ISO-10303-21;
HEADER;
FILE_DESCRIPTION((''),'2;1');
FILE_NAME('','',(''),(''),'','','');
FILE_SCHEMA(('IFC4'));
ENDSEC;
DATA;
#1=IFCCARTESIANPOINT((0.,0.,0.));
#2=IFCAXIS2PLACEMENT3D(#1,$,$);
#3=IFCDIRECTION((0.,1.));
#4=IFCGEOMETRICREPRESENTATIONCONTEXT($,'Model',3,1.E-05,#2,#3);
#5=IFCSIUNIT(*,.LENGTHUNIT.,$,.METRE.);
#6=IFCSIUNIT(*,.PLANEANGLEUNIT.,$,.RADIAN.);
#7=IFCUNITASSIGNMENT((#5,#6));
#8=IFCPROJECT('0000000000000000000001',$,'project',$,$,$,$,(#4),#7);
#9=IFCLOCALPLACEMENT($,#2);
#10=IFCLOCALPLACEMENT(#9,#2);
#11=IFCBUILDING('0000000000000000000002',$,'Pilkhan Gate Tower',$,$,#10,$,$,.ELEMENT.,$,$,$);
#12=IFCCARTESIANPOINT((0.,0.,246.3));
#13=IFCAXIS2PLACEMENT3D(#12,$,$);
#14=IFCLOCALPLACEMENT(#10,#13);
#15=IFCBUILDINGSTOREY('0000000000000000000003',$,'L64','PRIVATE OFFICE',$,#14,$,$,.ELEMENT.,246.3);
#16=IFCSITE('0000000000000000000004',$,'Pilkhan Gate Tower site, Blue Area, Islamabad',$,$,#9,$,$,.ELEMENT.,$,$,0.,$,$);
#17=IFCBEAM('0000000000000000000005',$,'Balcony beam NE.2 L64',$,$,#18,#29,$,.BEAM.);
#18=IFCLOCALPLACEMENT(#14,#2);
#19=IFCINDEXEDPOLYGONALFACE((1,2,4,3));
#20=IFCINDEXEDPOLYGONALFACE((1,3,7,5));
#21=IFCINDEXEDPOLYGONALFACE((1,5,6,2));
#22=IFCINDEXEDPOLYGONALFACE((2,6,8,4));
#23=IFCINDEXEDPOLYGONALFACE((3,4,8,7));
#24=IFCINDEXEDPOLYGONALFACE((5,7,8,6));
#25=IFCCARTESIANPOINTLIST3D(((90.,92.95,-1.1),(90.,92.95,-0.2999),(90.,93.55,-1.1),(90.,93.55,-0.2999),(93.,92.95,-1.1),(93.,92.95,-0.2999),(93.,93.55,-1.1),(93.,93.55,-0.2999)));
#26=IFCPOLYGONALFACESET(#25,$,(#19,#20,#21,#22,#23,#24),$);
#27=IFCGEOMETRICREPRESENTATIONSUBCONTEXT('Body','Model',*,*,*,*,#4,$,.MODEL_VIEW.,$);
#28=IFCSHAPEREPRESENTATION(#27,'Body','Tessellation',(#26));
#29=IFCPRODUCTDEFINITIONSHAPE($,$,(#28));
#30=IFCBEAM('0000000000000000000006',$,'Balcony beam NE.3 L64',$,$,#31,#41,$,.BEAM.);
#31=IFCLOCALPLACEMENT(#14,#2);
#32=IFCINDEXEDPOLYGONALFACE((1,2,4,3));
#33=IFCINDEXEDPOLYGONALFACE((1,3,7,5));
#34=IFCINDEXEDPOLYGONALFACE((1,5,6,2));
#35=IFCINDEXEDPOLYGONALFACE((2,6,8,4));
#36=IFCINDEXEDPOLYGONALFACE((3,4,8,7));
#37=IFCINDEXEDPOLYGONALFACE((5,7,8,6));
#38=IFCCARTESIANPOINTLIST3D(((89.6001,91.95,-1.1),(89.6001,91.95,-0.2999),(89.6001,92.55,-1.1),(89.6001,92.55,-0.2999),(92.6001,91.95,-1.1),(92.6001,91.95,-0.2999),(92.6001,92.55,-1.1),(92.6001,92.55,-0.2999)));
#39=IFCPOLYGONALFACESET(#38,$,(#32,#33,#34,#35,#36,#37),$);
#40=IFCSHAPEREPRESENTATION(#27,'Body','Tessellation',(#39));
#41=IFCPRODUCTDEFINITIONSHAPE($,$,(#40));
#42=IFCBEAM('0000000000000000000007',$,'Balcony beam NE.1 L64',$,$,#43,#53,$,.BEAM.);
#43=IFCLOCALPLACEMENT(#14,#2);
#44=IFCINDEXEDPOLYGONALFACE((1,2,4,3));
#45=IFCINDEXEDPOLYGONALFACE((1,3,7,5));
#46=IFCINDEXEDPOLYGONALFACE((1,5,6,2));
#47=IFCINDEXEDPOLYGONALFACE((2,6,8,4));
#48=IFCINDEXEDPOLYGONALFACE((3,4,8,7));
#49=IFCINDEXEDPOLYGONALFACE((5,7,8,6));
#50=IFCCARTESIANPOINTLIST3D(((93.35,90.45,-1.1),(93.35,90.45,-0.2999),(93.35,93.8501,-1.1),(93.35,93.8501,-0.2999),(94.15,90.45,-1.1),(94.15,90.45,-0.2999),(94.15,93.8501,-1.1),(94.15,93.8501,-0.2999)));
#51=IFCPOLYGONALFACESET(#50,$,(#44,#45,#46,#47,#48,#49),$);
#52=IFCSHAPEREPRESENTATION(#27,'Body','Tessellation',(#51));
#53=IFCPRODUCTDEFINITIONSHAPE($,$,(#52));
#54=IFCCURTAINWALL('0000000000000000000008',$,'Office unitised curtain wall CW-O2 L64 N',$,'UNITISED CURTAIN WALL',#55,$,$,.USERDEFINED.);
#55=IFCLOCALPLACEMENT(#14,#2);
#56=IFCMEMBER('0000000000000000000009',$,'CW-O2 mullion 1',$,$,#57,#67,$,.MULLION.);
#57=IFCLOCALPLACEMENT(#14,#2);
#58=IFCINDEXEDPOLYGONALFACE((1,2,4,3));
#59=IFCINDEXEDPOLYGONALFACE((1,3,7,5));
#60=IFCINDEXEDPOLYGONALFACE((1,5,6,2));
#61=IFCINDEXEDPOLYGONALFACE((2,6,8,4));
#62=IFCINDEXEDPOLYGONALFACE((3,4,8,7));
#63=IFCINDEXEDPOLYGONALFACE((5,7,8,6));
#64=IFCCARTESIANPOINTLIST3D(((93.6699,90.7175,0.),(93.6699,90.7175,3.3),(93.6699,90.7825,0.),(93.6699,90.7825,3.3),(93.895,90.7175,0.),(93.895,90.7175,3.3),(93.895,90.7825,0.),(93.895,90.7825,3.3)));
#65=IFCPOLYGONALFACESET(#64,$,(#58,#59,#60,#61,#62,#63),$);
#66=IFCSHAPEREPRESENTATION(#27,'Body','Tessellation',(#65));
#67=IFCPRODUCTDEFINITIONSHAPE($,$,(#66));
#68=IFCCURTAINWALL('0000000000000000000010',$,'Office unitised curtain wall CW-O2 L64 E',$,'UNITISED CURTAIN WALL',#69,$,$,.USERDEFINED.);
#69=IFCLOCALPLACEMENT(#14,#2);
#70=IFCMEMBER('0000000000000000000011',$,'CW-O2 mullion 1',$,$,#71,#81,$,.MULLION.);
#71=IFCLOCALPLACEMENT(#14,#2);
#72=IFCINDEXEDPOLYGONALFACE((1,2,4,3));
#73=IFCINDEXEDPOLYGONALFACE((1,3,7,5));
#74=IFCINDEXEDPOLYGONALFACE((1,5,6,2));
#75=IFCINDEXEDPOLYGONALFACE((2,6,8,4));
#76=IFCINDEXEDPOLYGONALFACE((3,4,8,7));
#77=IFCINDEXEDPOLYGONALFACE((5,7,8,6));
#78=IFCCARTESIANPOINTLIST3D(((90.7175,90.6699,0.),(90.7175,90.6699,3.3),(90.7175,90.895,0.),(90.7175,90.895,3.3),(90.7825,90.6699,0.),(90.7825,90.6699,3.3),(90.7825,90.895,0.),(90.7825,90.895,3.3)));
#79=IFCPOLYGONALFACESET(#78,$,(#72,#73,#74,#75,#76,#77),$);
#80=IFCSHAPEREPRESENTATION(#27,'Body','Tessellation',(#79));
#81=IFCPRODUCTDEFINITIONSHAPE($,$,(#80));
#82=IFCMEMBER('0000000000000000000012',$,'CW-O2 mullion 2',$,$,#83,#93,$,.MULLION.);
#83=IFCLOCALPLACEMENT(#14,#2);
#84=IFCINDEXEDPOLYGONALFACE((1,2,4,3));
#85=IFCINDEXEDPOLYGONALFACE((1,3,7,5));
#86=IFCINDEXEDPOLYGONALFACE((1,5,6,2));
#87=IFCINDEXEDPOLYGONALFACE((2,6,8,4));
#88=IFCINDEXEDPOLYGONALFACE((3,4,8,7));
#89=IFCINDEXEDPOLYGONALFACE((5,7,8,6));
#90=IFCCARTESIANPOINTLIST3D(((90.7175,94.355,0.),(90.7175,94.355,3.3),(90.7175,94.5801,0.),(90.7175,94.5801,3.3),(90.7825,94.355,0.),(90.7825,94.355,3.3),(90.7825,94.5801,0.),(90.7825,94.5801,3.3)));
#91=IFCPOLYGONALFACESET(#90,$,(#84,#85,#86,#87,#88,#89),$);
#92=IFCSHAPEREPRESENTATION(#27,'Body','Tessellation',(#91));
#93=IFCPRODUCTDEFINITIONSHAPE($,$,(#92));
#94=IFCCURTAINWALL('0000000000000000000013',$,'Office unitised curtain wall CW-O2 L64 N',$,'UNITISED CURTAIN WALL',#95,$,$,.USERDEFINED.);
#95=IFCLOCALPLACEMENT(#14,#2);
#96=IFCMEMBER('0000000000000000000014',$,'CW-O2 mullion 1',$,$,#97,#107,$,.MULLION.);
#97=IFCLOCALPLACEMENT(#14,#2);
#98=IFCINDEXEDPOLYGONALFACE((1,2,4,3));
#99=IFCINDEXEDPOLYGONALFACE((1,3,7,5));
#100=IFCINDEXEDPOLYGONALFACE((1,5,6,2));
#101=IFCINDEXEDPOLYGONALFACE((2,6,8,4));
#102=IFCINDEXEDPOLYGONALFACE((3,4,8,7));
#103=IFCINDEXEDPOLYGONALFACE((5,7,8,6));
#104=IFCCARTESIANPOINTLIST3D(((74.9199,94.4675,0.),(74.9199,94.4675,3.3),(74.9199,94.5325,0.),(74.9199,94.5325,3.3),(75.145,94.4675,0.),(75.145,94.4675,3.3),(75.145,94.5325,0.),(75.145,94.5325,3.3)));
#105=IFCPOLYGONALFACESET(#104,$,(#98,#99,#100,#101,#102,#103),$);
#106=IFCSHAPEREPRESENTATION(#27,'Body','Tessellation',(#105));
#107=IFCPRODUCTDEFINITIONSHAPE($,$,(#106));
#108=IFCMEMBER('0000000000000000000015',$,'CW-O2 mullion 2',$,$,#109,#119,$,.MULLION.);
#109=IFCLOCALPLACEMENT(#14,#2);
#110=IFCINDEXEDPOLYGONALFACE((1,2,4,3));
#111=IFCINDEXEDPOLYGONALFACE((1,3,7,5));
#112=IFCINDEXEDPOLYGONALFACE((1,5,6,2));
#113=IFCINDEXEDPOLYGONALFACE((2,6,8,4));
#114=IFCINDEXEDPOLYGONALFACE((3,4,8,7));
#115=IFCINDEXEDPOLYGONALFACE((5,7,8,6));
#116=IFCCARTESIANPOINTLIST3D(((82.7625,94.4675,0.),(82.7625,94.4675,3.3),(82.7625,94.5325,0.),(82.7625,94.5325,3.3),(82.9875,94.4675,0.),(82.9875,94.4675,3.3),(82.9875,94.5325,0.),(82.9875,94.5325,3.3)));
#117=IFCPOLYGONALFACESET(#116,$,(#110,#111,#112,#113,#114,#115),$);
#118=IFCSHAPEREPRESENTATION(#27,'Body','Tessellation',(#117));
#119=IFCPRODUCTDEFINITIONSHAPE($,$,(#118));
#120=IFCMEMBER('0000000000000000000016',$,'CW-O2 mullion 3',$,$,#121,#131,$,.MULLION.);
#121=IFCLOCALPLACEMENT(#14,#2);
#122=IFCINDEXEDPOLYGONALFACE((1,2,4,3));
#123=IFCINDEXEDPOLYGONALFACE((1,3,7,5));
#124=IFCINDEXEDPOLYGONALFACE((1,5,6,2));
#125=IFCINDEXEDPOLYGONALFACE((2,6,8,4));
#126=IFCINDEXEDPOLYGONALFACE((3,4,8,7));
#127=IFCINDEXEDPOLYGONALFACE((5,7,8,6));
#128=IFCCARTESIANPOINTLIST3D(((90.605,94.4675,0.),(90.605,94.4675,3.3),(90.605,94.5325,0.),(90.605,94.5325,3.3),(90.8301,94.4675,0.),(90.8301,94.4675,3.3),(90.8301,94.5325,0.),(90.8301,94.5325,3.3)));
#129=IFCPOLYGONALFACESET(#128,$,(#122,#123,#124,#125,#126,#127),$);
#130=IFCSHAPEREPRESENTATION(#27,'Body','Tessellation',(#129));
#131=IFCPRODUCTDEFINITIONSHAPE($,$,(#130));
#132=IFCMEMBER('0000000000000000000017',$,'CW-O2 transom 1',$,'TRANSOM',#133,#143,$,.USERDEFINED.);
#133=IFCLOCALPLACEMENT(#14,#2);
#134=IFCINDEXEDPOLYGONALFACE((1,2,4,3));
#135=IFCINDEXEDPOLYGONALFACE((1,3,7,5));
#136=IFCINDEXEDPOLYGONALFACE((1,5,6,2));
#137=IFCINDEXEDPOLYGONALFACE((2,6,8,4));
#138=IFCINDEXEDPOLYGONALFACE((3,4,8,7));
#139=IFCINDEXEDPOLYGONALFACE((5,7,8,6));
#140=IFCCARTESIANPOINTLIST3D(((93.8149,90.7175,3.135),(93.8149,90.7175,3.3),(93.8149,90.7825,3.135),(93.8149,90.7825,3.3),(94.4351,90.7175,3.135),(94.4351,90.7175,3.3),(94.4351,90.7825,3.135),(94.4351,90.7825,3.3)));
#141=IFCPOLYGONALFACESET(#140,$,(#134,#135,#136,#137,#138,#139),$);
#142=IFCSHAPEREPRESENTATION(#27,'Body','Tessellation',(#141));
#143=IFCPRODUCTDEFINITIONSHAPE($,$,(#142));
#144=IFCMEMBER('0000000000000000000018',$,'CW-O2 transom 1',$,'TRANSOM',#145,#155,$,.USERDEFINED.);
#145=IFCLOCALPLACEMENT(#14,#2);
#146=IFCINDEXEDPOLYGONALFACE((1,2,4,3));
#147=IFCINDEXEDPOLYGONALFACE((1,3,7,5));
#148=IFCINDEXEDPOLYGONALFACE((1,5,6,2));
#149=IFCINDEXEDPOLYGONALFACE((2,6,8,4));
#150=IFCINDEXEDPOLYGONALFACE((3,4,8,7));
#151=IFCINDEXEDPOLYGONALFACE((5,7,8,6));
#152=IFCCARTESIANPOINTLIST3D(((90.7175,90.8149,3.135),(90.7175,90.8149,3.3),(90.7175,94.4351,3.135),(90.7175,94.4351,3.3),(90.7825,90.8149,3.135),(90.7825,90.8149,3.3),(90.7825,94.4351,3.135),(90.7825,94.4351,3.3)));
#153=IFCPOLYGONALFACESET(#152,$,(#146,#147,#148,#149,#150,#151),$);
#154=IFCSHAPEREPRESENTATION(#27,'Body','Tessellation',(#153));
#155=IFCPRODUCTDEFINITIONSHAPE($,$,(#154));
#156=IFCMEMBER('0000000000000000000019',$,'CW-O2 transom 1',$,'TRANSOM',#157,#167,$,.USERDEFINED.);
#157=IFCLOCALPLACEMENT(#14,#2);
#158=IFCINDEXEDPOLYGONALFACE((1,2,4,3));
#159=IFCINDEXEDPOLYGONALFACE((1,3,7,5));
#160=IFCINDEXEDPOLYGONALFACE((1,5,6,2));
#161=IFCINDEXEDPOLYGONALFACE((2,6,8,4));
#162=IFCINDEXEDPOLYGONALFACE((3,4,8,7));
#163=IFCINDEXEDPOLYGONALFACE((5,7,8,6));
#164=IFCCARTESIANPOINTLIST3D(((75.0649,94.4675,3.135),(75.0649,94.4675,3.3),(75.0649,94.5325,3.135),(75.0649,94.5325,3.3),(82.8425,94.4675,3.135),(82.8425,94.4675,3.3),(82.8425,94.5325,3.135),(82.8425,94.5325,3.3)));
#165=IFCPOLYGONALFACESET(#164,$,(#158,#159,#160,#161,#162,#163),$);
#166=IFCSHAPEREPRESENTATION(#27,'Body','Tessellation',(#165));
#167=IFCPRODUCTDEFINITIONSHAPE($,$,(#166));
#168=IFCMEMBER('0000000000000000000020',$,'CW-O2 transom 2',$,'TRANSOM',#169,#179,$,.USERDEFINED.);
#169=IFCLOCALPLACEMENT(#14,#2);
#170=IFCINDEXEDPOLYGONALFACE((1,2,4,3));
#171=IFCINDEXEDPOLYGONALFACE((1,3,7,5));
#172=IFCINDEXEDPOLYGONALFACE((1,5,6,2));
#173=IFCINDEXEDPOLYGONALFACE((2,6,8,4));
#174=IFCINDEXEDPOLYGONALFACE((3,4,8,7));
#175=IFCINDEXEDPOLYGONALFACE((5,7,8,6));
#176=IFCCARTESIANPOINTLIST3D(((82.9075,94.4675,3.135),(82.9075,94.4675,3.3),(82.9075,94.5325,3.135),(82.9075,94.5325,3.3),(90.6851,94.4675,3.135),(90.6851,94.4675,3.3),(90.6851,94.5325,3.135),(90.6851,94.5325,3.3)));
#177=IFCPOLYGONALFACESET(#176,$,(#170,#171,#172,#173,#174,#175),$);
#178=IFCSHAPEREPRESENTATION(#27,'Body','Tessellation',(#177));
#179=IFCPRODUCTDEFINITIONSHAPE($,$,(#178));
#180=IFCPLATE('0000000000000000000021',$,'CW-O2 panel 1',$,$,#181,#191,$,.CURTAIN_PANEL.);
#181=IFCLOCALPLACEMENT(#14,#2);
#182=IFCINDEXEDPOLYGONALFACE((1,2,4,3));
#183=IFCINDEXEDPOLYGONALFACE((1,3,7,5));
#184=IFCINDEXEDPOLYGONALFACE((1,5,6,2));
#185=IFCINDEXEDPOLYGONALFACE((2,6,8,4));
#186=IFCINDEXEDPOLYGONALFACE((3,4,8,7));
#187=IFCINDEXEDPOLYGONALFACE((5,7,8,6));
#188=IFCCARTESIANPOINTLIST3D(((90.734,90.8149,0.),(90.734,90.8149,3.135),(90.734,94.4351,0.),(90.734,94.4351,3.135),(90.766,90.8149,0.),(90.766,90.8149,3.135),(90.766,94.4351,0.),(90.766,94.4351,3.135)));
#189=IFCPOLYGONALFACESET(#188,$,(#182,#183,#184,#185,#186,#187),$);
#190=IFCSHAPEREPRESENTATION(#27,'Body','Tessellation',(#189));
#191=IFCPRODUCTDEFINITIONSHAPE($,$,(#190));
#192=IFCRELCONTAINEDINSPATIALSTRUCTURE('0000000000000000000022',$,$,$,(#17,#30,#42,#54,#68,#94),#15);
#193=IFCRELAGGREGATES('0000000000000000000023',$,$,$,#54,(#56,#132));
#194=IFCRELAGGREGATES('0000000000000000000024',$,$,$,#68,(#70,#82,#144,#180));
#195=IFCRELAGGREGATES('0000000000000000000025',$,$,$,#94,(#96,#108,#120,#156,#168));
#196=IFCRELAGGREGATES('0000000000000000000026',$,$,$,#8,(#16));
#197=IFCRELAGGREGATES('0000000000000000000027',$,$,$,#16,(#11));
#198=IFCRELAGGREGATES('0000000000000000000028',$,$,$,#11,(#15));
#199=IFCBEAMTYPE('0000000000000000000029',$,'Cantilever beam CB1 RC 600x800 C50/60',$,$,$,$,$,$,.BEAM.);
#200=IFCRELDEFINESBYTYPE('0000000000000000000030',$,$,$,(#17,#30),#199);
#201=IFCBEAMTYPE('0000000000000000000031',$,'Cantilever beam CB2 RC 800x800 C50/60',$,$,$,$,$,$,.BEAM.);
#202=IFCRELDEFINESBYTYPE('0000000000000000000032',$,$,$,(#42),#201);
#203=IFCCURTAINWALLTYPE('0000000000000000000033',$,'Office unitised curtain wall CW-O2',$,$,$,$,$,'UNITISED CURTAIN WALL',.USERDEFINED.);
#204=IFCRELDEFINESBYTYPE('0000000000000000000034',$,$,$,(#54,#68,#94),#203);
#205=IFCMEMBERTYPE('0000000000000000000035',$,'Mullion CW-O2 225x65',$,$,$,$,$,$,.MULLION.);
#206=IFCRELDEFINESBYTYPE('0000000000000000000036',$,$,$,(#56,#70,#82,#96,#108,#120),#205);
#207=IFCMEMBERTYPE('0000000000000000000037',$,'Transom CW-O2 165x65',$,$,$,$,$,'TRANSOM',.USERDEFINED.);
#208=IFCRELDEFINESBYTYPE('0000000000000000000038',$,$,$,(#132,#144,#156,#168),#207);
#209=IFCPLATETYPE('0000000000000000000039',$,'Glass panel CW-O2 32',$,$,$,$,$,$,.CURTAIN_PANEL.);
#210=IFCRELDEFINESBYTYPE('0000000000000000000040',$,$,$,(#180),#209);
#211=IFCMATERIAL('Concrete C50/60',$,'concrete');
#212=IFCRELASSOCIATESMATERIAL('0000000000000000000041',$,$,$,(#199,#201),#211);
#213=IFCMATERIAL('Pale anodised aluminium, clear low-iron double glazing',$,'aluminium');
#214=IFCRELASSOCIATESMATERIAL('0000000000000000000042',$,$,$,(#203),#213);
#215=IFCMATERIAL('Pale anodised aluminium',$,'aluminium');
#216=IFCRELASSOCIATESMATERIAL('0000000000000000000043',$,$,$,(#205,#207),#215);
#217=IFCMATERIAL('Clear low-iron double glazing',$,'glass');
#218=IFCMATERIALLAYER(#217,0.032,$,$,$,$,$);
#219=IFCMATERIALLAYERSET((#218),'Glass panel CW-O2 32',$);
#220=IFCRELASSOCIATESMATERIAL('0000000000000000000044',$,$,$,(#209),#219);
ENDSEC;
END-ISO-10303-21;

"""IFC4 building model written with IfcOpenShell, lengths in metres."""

from ifc_helpers import new_model, si_unit, direction, frame, origin, origin_2d, place, context, subcontext, project, spatial, rectangle, extrude, material, layer, layer_set, material_profile, profile_set, type_object, element, aggregate, save


model = new_model("IFC4")

# Units and contexts
model_context = context("Model", 3, precision=1e-05, world=origin(), true_north=direction((0.0, 1.0)))
body_context = subcontext(model_context, "Body", "Model", "MODEL_VIEW")
ifc_project = project(units=[si_unit("LENGTHUNIT", "METRE"), si_unit("PLANEANGLEUNIT", "RADIAN")], contexts=[model_context])

# Site, building, storey
site_placement = place(None, origin())
site = spatial("IfcSite", under=ifc_project, at=site_placement, Name="Pilkhan Gate Tower site, Blue Area, Islamabad", CompositionType="ELEMENT", RefElevation=0.0)
building_placement = place(site_placement, origin())
building = spatial("IfcBuilding", under=site, at=building_placement, Name="Pilkhan Gate Tower", CompositionType="ELEMENT")
storey_placement = place(building_placement, frame((0.0, 0.0, 246.3)))
storey = spatial("IfcBuildingStorey", under=building, at=storey_placement, Name="L64", Description="PRIVATE OFFICE", CompositionType="ELEMENT", Elevation=246.3)

# Beams
ifc_material_1 = material(Name="Concrete C50/60", Category="concrete")
ifc_material_profile_1 = material_profile(ifc_material_1, rectangle(XDim=0.6001, YDim=0.8, at=origin_2d()), Name="RC 600x800")
ifc_profile_set_1 = profile_set([ifc_material_profile_1], Name="Concrete C50/60")
beam_type_1 = type_object("IfcBeamType", Name="Cantilever beam CB1 RC 600x800 C50/60", PredefinedType="BEAM", material=ifc_profile_set_1)
for number, where, z_axis, x_axis, name in (
    (1, (90.0, 93.25, -0.7), (1.0, 0.0, 0.0), (0.0, 1.0, 0.0), "Balcony beam NE.2 L64"),
    (2, (89.6001, 92.25, -0.7), (1.0, 0.0, 0.0), (0.0, 1.0, 0.0), "Balcony beam NE.3 L64"),
):
    element("IfcBeam", number, at=place(storey_placement, frame(where, z_axis=z_axis, x_axis=x_axis)), inside=storey, type_object=beam_type_1, Name=name, PredefinedType="BEAM", context=body_context, shape_type="SweptSolid", body=[
        extrude(rectangle(XDim=0.6001, YDim=0.8, at=origin_2d()), origin(), (0.0, 0.0, 1.0), 3.0),
    ])
ifc_material_profile_2 = material_profile(ifc_material_1, rectangle(XDim=0.8, YDim=0.8, at=origin_2d()), Name="RC 800x800")
ifc_profile_set_2 = profile_set([ifc_material_profile_2], Name="Concrete C50/60")
beam_type_2 = type_object("IfcBeamType", Name="Cantilever beam CB2 RC 800x800 C50/60", PredefinedType="BEAM", material=ifc_profile_set_2)
beam_placement = place(storey_placement, frame((93.75, 90.45, -0.7), z_axis=(0.0, 1.0, 0.0), x_axis=(-1.0, 0.0, 0.0)))
element("IfcBeam", 3, at=beam_placement, inside=storey, type_object=beam_type_2, Name="Balcony beam NE.1 L64", PredefinedType="BEAM", context=body_context, shape_type="SweptSolid", body=[
    extrude(rectangle(XDim=0.8, YDim=0.8, at=origin_2d()), origin(), (0.0, 0.0, 1.0), 3.4001),
])

# Curtain wall, member
ifc_material_2 = material(Name="Pale anodised aluminium, clear low-iron double glazing", Category="aluminium")
curtain_wall_type = type_object("IfcCurtainWallType", Name="Office unitised curtain wall CW-O2", ElementType="UNITISED CURTAIN WALL", PredefinedType="USERDEFINED", material=ifc_material_2)
curtain_wall_1_placement = place(storey_placement, origin())
curtain_wall_1 = element("IfcCurtainWall", 4, at=curtain_wall_1_placement, inside=storey, type_object=curtain_wall_type, Name="Office unitised curtain wall CW-O2 L64 N", ObjectType="UNITISED CURTAIN WALL", PredefinedType="USERDEFINED")
ifc_material_3 = material(Name="Pale anodised aluminium", Category="aluminium")
ifc_material_profile_3 = material_profile(ifc_material_3, rectangle(XDim=0.0649, YDim=0.2251, at=origin_2d()), Name="Mullion 225x65")
ifc_profile_set_3 = profile_set([ifc_material_profile_3], Name="Pale anodised aluminium")
member_type_1 = type_object("IfcMemberType", Name="Mullion CW-O2 225x65", PredefinedType="MULLION", material=ifc_profile_set_3)
member_1_placement = place(storey_placement, frame((93.7825, 90.75, 0.0), z_axis=(0.0, 0.0, 1.0), x_axis=(0.0, 1.0, 0.0)))
member_1 = element("IfcMember", 5, at=member_1_placement, type_object=member_type_1, Name="CW-O2 mullion 1", PredefinedType="MULLION", context=body_context, shape_type="SweptSolid", body=[
    extrude(rectangle(XDim=0.0649, YDim=0.2251, at=origin_2d()), origin(), (0.0, 0.0, 1.0), 3.3),
])

# Curtain walls, members
curtain_wall_2_placement = place(storey_placement, origin())
curtain_wall_2 = element("IfcCurtainWall", 6, at=curtain_wall_2_placement, inside=storey, type_object=curtain_wall_type, Name="Office unitised curtain wall CW-O2 L64 E", ObjectType="UNITISED CURTAIN WALL", PredefinedType="USERDEFINED")
member_2_placement = place(storey_placement, frame((90.75, 90.7825, 0.0), z_axis=(0.0, 0.0, 1.0), x_axis=(-1.0, 0.0, 0.0)))
member_2 = element("IfcMember", 7, at=member_2_placement, type_object=member_type_1, Name="CW-O2 mullion 1", PredefinedType="MULLION", context=body_context, shape_type="SweptSolid", body=[
    extrude(rectangle(XDim=0.0649, YDim=0.2251, at=origin_2d()), origin(), (0.0, 0.0, 1.0), 3.3),
])
member_3_placement = place(storey_placement, frame((90.75, 94.4675, 0.0), z_axis=(0.0, 0.0, 1.0), x_axis=(-1.0, 0.0, 0.0)))
member_3 = element("IfcMember", 8, at=member_3_placement, type_object=member_type_1, Name="CW-O2 mullion 2", PredefinedType="MULLION", context=body_context, shape_type="SweptSolid", body=[
    extrude(rectangle(XDim=0.0649, YDim=0.2251, at=origin_2d()), origin(), (0.0, 0.0, 1.0), 3.3),
])
curtain_wall_3_placement = place(storey_placement, origin())
curtain_wall_3 = element("IfcCurtainWall", 9, at=curtain_wall_3_placement, inside=storey, type_object=curtain_wall_type, Name="Office unitised curtain wall CW-O2 L64 N", ObjectType="UNITISED CURTAIN WALL", PredefinedType="USERDEFINED")
member_4_placement = place(storey_placement, frame((75.0325, 94.5, 0.0), z_axis=(0.0, 0.0, 1.0), x_axis=(0.0, 1.0, 0.0)))
member_4 = element("IfcMember", 10, at=member_4_placement, type_object=member_type_1, Name="CW-O2 mullion 1", PredefinedType="MULLION", context=body_context, shape_type="SweptSolid", body=[
    extrude(rectangle(XDim=0.0649, YDim=0.2251, at=origin_2d()), origin(), (0.0, 0.0, 1.0), 3.3),
])
member_5_placement = place(storey_placement, frame((82.875, 94.5, 0.0), z_axis=(0.0, 0.0, 1.0), x_axis=(0.0, 1.0, 0.0)))
member_5 = element("IfcMember", 11, at=member_5_placement, type_object=member_type_1, Name="CW-O2 mullion 2", PredefinedType="MULLION", context=body_context, shape_type="SweptSolid", body=[
    extrude(rectangle(XDim=0.0649, YDim=0.2251, at=origin_2d()), origin(), (0.0, 0.0, 1.0), 3.3),
])
member_6_placement = place(storey_placement, frame((90.7175, 94.5, 0.0), z_axis=(0.0, 0.0, 1.0), x_axis=(0.0, 1.0, 0.0)))
member_6 = element("IfcMember", 12, at=member_6_placement, type_object=member_type_1, Name="CW-O2 mullion 3", PredefinedType="MULLION", context=body_context, shape_type="SweptSolid", body=[
    extrude(rectangle(XDim=0.0649, YDim=0.2251, at=origin_2d()), origin(), (0.0, 0.0, 1.0), 3.3),
])

# Members
ifc_material_profile_4 = material_profile(ifc_material_3, rectangle(XDim=0.0649, YDim=0.165, at=origin_2d()), Name="Transom 165x65")
ifc_profile_set_4 = profile_set([ifc_material_profile_4], Name="Pale anodised aluminium")
member_type_2 = type_object("IfcMemberType", Name="Transom CW-O2 165x65", ElementType="TRANSOM", PredefinedType="USERDEFINED", material=ifc_profile_set_4)
member_7_placement = place(storey_placement, frame((93.8149, 90.75, 3.2175), z_axis=(1.0, 0.0, 0.0), x_axis=(0.0, 1.0, 0.0)))
member_7 = element("IfcMember", 13, at=member_7_placement, type_object=member_type_2, Name="CW-O2 transom 1", ObjectType="TRANSOM", PredefinedType="USERDEFINED", context=body_context, shape_type="SweptSolid", body=[
    extrude(rectangle(XDim=0.0649, YDim=0.165, at=origin_2d()), origin(), (0.0, 0.0, 1.0), 0.6201),
])
aggregate(curtain_wall_1, [member_1, member_7])
member_8_placement = place(storey_placement, frame((90.75, 90.8149, 3.2175), z_axis=(0.0, 1.0, 0.0), x_axis=(-1.0, 0.0, 0.0)))
member_8 = element("IfcMember", 14, at=member_8_placement, type_object=member_type_2, Name="CW-O2 transom 1", ObjectType="TRANSOM", PredefinedType="USERDEFINED", context=body_context, shape_type="SweptSolid", body=[
    extrude(rectangle(XDim=0.0649, YDim=0.165, at=origin_2d()), origin(), (0.0, 0.0, 1.0), 3.6201),
])
member_9_placement = place(storey_placement, frame((75.0649, 94.5, 3.2175), z_axis=(1.0, 0.0, 0.0), x_axis=(0.0, 1.0, 0.0)))
member_9 = element("IfcMember", 15, at=member_9_placement, type_object=member_type_2, Name="CW-O2 transom 1", ObjectType="TRANSOM", PredefinedType="USERDEFINED", context=body_context, shape_type="SweptSolid", body=[
    extrude(rectangle(XDim=0.0649, YDim=0.165, at=origin_2d()), origin(), (0.0, 0.0, 1.0), 7.7776),
])
member_10_placement = place(storey_placement, frame((82.9075, 94.5, 3.2175), z_axis=(1.0, 0.0, 0.0), x_axis=(0.0, 1.0, 0.0)))
member_10 = element("IfcMember", 16, at=member_10_placement, type_object=member_type_2, Name="CW-O2 transom 2", ObjectType="TRANSOM", PredefinedType="USERDEFINED", context=body_context, shape_type="SweptSolid", body=[
    extrude(rectangle(XDim=0.0649, YDim=0.165, at=origin_2d()), origin(), (0.0, 0.0, 1.0), 7.7776),
])

# Plate
ifc_material_4 = material(Name="Clear low-iron double glazing", Category="glass")
ifc_layer_1 = layer(ifc_material_4, 0.032)
ifc_layer_set_1 = layer_set([ifc_layer_1], Name="Glass panel CW-O2 32")
plate_type = type_object("IfcPlateType", Name="Glass panel CW-O2 32", PredefinedType="CURTAIN_PANEL", material=ifc_layer_set_1)
plate_1_placement = place(storey_placement, frame((90.75, 92.625, 0.0), z_axis=(0.0, 0.0, 1.0), x_axis=(0.0, 1.0, 0.0)))
plate_1 = element("IfcPlate", 17, at=plate_1_placement, type_object=plate_type, Name="CW-O2 panel 1", PredefinedType="CURTAIN_PANEL", context=body_context, shape_type="SweptSolid", body=[
    extrude(rectangle(XDim=3.6201, YDim=0.032, at=origin_2d()), origin(), (0.0, 0.0, 1.0), 3.135),
])
aggregate(curtain_wall_2, [member_2, member_3, member_8, plate_1])
aggregate(curtain_wall_3, [member_4, member_5, member_6, member_9, member_10])

save(model, "model.ifc")
